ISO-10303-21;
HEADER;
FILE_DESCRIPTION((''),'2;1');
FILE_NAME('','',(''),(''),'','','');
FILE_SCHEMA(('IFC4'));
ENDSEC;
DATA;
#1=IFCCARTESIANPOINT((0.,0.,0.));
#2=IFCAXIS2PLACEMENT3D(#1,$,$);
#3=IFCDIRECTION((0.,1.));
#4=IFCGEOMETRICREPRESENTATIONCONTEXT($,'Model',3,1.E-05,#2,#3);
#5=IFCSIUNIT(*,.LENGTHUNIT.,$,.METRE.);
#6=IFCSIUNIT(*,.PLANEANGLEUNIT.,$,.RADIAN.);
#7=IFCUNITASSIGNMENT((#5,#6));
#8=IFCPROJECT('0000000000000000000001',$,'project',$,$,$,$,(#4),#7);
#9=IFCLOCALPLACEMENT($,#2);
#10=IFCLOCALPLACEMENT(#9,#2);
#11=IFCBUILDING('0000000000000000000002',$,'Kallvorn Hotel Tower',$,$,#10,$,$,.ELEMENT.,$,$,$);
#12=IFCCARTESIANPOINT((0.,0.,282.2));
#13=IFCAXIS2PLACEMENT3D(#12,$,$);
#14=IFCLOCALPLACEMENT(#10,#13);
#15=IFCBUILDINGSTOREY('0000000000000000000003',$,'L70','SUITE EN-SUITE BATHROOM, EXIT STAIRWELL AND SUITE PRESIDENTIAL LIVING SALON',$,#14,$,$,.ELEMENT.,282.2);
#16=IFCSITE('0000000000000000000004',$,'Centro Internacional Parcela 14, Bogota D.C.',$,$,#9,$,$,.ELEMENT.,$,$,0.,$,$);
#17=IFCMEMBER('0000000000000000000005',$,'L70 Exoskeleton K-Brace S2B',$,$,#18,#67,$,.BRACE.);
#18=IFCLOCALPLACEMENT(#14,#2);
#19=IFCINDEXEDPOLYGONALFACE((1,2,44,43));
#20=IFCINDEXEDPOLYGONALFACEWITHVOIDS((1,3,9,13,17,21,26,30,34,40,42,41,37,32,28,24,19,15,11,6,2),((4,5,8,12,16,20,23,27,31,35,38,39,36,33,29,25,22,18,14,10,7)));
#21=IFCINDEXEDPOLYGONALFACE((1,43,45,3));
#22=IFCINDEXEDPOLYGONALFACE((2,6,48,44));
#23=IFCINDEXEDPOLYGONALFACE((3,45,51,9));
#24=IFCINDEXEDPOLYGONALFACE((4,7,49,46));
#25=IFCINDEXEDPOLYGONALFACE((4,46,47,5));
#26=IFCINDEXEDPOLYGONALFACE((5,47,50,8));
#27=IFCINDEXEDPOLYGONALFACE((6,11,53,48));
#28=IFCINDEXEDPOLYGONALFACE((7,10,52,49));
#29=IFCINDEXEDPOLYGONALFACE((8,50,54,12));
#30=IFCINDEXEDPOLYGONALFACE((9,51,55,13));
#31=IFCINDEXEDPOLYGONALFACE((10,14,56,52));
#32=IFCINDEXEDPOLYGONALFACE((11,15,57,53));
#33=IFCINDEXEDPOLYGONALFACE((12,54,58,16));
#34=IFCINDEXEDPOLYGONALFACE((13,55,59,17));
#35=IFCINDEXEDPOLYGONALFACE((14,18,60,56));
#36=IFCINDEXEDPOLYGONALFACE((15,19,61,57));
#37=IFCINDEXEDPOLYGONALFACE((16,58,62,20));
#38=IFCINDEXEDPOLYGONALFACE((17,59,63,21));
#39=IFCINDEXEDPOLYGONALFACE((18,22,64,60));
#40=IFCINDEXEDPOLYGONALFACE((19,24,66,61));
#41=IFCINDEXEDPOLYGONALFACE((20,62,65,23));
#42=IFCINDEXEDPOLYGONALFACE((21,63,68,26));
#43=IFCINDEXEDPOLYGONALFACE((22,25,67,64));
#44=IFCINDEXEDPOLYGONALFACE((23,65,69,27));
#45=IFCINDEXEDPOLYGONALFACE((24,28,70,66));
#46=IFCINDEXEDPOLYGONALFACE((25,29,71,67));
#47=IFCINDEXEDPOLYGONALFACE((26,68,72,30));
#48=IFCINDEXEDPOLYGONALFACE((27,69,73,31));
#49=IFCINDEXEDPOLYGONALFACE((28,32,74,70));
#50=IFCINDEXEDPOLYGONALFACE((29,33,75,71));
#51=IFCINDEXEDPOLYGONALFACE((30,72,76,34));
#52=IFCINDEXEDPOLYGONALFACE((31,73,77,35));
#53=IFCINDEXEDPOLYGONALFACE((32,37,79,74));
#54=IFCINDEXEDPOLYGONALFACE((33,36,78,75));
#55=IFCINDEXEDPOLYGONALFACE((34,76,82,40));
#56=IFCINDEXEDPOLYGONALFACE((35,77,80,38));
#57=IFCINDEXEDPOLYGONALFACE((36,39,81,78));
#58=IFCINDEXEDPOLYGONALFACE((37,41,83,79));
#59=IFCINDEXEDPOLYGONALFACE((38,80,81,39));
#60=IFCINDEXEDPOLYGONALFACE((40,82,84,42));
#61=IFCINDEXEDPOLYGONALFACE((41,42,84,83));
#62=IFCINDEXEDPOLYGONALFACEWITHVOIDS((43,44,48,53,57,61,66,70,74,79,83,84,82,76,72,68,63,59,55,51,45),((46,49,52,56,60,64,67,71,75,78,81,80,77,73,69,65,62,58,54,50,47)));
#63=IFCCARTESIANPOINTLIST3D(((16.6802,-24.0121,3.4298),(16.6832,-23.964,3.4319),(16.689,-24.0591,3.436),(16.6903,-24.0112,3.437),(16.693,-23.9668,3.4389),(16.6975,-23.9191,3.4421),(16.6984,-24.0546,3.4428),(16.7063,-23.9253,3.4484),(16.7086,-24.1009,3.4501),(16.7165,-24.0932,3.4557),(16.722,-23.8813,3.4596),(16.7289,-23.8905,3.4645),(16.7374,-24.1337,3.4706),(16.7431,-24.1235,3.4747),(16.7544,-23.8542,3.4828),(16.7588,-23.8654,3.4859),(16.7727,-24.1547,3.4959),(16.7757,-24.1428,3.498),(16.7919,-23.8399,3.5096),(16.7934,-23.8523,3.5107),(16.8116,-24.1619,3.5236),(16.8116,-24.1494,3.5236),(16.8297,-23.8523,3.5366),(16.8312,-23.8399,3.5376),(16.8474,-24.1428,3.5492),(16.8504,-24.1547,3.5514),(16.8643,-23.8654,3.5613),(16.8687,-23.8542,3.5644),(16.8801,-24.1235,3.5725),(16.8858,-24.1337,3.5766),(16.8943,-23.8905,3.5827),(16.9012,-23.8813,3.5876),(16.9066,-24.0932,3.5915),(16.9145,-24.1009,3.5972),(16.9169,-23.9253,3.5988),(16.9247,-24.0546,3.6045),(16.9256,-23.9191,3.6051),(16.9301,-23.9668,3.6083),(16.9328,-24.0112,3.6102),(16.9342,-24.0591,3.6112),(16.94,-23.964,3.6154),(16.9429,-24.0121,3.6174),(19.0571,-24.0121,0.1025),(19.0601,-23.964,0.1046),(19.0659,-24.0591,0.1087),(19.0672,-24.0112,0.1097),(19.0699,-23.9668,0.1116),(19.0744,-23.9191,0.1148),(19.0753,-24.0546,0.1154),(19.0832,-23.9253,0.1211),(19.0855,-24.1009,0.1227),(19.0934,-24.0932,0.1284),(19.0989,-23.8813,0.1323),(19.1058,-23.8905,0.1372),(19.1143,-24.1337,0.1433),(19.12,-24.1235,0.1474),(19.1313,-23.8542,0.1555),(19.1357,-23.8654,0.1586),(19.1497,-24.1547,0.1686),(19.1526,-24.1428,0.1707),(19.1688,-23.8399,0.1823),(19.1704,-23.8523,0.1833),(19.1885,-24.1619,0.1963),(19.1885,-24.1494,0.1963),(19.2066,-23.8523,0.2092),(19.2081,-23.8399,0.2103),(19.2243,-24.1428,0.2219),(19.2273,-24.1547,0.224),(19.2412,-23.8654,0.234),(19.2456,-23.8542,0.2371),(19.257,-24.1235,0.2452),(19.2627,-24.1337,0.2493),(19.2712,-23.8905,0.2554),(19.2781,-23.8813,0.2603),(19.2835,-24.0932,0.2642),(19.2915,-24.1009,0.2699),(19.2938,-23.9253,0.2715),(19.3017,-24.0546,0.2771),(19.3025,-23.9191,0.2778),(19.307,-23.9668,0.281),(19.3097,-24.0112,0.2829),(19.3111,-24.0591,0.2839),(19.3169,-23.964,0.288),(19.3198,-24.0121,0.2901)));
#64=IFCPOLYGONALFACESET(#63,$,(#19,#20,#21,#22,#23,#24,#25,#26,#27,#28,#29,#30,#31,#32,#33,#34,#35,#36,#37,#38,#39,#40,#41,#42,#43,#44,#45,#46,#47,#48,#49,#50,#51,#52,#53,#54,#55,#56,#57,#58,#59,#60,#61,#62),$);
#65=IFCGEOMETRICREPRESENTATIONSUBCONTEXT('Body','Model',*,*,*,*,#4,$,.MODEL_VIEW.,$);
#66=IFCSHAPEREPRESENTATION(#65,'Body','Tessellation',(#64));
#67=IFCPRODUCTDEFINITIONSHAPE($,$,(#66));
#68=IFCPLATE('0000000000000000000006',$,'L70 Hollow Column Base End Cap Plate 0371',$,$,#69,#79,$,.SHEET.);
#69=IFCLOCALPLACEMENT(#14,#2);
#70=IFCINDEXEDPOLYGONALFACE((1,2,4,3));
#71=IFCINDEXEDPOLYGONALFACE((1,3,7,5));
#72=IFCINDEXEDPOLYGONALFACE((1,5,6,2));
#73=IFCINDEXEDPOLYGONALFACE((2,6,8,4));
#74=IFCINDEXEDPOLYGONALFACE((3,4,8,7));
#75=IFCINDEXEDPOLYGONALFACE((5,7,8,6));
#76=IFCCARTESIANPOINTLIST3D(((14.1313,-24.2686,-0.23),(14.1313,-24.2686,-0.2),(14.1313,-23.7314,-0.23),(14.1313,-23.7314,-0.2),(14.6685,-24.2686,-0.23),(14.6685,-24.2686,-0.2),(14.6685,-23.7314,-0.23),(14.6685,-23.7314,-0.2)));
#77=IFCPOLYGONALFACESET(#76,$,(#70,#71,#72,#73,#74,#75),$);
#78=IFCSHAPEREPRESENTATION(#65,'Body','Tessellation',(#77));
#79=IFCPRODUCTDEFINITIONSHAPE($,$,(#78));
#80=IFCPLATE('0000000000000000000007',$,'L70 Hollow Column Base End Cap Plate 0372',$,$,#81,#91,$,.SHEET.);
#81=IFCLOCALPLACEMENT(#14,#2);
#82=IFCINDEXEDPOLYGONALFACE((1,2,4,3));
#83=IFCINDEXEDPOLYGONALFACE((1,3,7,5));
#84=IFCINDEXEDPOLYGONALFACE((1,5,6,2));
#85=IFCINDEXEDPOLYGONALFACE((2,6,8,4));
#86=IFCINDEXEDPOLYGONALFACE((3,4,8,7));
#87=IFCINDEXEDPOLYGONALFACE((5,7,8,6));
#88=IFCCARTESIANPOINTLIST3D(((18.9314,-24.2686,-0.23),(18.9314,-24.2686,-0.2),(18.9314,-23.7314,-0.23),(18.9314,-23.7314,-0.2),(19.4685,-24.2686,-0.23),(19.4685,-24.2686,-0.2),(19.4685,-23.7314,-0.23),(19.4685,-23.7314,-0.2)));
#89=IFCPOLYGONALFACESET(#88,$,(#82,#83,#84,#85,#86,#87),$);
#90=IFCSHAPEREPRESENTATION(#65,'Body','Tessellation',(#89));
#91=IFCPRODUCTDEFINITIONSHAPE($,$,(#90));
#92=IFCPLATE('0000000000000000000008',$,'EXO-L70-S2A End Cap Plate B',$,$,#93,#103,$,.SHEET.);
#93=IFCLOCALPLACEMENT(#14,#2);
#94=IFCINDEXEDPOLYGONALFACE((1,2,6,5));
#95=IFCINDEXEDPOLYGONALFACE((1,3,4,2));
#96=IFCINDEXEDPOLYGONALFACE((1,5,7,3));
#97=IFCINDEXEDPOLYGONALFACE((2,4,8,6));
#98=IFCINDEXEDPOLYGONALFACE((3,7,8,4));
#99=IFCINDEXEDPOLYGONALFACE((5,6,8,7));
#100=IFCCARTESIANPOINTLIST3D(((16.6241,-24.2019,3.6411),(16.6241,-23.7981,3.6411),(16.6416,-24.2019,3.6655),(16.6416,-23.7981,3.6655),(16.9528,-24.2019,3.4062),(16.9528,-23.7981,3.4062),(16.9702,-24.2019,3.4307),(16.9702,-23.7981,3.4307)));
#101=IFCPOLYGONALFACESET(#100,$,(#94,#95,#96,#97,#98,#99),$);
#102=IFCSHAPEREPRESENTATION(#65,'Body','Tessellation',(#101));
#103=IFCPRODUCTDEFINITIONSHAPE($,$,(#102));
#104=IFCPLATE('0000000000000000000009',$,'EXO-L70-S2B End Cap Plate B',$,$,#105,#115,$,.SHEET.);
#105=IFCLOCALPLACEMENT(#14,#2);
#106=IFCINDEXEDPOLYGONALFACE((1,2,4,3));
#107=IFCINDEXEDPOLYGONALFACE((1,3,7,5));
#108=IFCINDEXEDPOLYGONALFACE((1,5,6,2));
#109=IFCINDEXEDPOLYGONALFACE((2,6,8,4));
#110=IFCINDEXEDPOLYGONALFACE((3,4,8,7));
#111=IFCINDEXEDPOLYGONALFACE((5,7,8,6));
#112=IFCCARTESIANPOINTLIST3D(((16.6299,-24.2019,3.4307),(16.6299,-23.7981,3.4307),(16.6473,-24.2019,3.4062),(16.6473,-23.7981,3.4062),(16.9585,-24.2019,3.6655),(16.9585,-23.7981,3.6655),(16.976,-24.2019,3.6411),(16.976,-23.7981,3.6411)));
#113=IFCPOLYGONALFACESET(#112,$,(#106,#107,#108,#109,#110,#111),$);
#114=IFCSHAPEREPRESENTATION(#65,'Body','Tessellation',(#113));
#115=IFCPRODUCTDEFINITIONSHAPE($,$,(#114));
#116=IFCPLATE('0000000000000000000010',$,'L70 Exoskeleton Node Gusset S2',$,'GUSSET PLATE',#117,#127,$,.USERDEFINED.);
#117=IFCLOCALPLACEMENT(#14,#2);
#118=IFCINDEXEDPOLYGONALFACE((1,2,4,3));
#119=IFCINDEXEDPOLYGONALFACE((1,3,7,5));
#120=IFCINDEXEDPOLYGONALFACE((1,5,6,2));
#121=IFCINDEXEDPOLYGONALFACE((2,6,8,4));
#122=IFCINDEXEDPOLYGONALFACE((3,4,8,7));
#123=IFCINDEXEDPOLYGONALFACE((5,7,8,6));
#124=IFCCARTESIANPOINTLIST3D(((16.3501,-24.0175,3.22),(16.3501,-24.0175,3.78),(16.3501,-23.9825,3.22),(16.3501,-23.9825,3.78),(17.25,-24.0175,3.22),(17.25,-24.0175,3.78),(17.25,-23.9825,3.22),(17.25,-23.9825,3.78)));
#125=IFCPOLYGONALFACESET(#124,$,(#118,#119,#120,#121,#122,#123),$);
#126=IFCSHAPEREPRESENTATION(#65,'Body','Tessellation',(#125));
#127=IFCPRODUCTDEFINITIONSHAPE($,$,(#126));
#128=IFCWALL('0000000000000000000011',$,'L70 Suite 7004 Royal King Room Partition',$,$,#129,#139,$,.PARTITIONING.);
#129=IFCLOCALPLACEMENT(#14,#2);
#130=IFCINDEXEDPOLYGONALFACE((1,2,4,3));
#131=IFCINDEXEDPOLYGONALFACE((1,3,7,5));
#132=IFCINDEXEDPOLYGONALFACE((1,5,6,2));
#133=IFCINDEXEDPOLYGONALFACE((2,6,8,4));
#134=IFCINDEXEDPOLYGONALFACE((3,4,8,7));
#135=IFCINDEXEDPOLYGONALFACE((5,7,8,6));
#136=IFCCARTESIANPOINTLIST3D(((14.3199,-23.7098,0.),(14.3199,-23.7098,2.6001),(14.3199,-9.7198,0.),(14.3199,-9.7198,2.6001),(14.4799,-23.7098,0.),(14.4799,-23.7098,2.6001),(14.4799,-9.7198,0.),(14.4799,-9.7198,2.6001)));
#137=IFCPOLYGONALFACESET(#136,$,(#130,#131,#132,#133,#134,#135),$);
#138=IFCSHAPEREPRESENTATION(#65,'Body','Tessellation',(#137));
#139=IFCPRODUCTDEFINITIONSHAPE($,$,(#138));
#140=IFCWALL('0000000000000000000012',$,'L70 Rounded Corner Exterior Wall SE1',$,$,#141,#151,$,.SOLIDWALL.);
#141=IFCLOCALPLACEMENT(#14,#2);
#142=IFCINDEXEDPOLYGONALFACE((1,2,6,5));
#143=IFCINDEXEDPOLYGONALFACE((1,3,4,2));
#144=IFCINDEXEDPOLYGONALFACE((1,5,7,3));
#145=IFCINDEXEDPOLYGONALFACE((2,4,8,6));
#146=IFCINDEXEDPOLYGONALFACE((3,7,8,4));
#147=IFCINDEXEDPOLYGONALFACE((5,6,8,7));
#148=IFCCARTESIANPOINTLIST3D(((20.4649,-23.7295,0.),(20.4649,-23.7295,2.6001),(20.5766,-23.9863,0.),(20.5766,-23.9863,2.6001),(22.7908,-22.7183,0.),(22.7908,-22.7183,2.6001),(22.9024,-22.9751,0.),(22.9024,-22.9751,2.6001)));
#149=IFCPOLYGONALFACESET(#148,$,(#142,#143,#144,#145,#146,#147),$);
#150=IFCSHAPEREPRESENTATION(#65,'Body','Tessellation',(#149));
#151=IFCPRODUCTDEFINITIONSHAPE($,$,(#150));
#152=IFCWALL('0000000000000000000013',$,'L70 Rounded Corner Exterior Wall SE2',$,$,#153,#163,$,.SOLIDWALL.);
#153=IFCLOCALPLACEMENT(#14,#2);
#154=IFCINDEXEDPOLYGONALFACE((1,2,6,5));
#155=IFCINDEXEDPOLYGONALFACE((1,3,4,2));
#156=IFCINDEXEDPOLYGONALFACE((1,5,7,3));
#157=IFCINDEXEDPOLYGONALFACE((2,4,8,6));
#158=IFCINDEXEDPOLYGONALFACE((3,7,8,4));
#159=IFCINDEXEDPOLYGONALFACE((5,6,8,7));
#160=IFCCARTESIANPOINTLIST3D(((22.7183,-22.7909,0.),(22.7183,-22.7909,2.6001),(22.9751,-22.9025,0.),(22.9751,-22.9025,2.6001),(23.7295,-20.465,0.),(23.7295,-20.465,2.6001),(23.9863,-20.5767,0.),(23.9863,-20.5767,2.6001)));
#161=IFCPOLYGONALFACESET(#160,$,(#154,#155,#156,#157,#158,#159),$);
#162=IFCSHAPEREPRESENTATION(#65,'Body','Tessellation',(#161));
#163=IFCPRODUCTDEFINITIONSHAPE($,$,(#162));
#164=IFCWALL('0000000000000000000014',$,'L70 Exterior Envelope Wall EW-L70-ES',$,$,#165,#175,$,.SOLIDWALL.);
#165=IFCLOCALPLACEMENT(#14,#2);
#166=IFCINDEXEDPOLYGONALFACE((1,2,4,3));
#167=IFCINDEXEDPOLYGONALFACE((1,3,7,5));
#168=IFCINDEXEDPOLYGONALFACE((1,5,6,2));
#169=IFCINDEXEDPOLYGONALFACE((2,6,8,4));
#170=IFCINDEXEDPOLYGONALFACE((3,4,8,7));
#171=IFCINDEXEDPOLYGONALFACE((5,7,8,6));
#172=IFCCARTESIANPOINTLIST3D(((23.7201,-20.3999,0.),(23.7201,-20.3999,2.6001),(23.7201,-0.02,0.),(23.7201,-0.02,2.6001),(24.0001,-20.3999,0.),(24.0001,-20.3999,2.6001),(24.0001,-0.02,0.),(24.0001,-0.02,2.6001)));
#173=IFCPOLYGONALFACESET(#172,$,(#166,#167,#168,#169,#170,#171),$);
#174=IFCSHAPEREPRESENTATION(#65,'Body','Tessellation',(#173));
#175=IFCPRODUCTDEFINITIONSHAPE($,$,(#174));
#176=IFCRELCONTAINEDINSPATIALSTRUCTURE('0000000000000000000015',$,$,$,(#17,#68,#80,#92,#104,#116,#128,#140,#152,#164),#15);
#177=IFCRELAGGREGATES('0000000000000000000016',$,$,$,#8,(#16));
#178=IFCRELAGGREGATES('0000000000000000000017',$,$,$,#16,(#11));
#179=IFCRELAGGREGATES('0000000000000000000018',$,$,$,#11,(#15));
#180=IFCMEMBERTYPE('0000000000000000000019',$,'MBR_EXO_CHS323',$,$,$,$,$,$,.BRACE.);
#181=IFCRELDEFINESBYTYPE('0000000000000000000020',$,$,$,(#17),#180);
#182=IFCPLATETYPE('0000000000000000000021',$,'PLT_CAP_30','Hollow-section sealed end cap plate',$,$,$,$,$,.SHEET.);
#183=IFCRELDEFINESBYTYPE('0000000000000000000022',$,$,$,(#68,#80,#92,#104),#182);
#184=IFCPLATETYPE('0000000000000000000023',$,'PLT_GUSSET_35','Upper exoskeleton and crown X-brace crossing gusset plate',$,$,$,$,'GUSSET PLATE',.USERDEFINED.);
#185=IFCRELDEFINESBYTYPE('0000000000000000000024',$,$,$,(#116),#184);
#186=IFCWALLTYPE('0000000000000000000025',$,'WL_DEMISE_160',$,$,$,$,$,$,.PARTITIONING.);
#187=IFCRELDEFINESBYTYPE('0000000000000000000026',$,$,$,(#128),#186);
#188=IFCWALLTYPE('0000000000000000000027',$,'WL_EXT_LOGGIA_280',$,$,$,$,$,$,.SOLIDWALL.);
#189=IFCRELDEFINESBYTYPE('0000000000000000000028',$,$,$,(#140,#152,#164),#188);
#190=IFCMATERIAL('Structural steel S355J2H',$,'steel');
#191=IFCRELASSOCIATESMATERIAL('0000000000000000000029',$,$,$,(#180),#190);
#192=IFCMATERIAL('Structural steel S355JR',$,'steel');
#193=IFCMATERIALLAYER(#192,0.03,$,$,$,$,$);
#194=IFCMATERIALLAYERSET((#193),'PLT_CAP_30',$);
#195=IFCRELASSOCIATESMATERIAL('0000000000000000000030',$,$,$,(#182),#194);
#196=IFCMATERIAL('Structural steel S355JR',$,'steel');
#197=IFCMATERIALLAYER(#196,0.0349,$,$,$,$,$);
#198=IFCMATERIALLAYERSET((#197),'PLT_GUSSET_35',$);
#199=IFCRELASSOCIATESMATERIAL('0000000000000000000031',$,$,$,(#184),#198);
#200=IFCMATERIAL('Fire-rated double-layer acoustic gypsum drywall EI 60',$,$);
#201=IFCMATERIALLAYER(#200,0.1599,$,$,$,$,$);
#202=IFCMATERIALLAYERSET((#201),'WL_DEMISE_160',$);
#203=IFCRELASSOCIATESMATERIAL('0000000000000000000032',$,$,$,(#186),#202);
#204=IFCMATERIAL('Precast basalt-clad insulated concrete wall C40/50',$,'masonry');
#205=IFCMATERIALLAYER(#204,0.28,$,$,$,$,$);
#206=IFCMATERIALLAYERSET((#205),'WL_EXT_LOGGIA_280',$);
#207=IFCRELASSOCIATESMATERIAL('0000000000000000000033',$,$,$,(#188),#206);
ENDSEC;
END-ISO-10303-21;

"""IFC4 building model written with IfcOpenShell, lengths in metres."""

from ifc_helpers import new_model, si_unit, direction, frame, frame_2d, origin, origin_2d, place, context, subcontext, project, spatial, polyline, rectangle, hollow_circle, outline, extrude, material, layer, layer_set, material_profile, profile_set, type_object, element, save


model = new_model("IFC4")

# Units and contexts
model_context = context("Model", 3, precision=1e-05, world=origin(), true_north=direction((0.0, 1.0)))
body_context = subcontext(model_context, "Body", "Model", "MODEL_VIEW")
ifc_project = project(units=[si_unit("LENGTHUNIT", "METRE"), si_unit("PLANEANGLEUNIT", "RADIAN")], contexts=[model_context])

# Site, building, storey
site_placement = place(None, origin())
site = spatial("IfcSite", under=ifc_project, at=site_placement, Name="Centro Internacional Parcela 14, Bogota D.C.", CompositionType="ELEMENT", RefElevation=0.0)
building_placement = place(site_placement, origin())
building = spatial("IfcBuilding", under=site, at=building_placement, Name="Kallvorn Hotel Tower", CompositionType="ELEMENT")
storey_placement = place(building_placement, frame((0.0, 0.0, 282.2)))
storey = spatial("IfcBuildingStorey", under=building, at=storey_placement, Name="L70", Description="SUITE EN-SUITE BATHROOM, EXIT STAIRWELL AND SUITE PRESIDENTIAL LIVING SALON", CompositionType="ELEMENT", Elevation=282.2)

# Member
ifc_material_1 = material(Name="Structural steel S355J2H", Category="steel")
ifc_material_profile_1 = material_profile(ifc_material_1, hollow_circle(Radius=0.1619, WallThickness=0.0125, at=origin_2d()), Name="CHS 323.9x12.5")
ifc_profile_set_1 = profile_set([ifc_material_profile_1], Name="Structural steel S355J2H")
member_type = type_object("IfcMemberType", Name="MBR_EXO_CHS323", PredefinedType="BRACE", material=ifc_profile_set_1)
for number, where, z_axis, x_axis, name in (
    (1, (19.1885, -24.0, 0.1963), (-0.581278, 0.0, 0.813705), (0.0, -1.0, 0.0), "L70 Exoskeleton K-Brace S2B"),
):
    element("IfcMember", number, at=place(storey_placement, frame(where, z_axis=z_axis, x_axis=x_axis)), inside=storey, type_object=member_type, Name=name, PredefinedType="BRACE", context=body_context, shape_type="SweptSolid", body=[
        extrude(hollow_circle(Radius=0.1619, WallThickness=0.0125, at=origin_2d()), origin(), (0.0, 0.0, 1.0), 4.0891),
    ])

# Plates
ifc_material_2 = material(Name="Structural steel S355JR", Category="steel")
ifc_layer_1 = layer(ifc_material_2, 0.03)
ifc_layer_set_1 = layer_set([ifc_layer_1], Name="PLT_CAP_30")
plate_type_1 = type_object("IfcPlateType", Name="PLT_CAP_30", Description="Hollow-section sealed end cap plate", PredefinedType="SHEET", material=ifc_layer_set_1)
for number, where, z_axis, x_axis, name in (
    (2, (14.3999, -24.0, -0.23), (0.0, 0.0, 1.0), (1.0, 0.0, 0.0), "L70 Hollow Column Base End Cap Plate 0371"),
    (3, (19.2, -24.0, -0.23), (0.0, 0.0, 1.0), (1.0, 0.0, 0.0), "L70 Hollow Column Base End Cap Plate 0372"),
):
    element("IfcPlate", number, at=place(storey_placement, frame(where, z_axis=z_axis, x_axis=x_axis)), inside=storey, type_object=plate_type_1, Name=name, PredefinedType="SHEET", context=body_context, shape_type="SweptSolid", body=[
        extrude(rectangle(XDim=0.5371, YDim=0.5371, at=origin_2d()), origin(), (0.0, 0.0, 1.0), 0.03),
    ])
for number, where, z_axis, x_axis, name in (
    (4, (16.9702, -24.2019, 3.4307), (0.581467, 0.0, 0.81357), (0.0, 1.0, 0.0), "EXO-L70-S2A End Cap Plate B"),
    (5, (16.6299, -23.7981, 3.4307), (-0.581467, 0.0, 0.81357), (0.0, -1.0, 0.0), "EXO-L70-S2B End Cap Plate B"),
):
    element("IfcPlate", number, at=place(storey_placement, frame(where, z_axis=z_axis, x_axis=x_axis)), inside=storey, type_object=plate_type_1, Name=name, PredefinedType="SHEET", context=body_context, shape_type="SweptSolid", body=[
        extrude(outline(polyline([(0.0, 0.0), (0.4038, 0.0), (0.4038, 0.4039), (0.0, 0.4039), (0.0, 0.0)])), origin(), (0.0, 0.0, -1.0), 0.03),
    ])
ifc_material_3 = material(Name="Structural steel S355JR", Category="steel")
ifc_layer_2 = layer(ifc_material_3, 0.0349)
ifc_layer_set_2 = layer_set([ifc_layer_2], Name="PLT_GUSSET_35")
plate_type_2 = type_object("IfcPlateType", Name="PLT_GUSSET_35", Description="Upper exoskeleton and crown X-brace crossing gusset plate", ElementType="GUSSET PLATE", PredefinedType="USERDEFINED", material=ifc_layer_set_2)
plate_placement = place(storey_placement, frame((16.8, -24.0, 3.22), z_axis=(0.0, 0.0, 1.0), x_axis=(1.0, 0.0, 0.0)))
element("IfcPlate", 6, at=plate_placement, inside=storey, type_object=plate_type_2, Name="L70 Exoskeleton Node Gusset S2", ObjectType="GUSSET PLATE", PredefinedType="USERDEFINED", context=body_context, shape_type="SweptSolid", body=[
    extrude(rectangle(XDim=0.8999, YDim=0.0349, at=origin_2d()), origin(), (0.0, 0.0, 1.0), 0.5601),
])

# Walls
ifc_material_4 = material(Name="Fire-rated double-layer acoustic gypsum drywall EI 60")
ifc_layer_3 = layer(ifc_material_4, 0.1599)
ifc_layer_set_3 = layer_set([ifc_layer_3], Name="WL_DEMISE_160")
wall_type_1 = type_object("IfcWallType", Name="WL_DEMISE_160", PredefinedType="PARTITIONING", material=ifc_layer_set_3)
wall_1_placement = place(storey_placement, frame((14.3999, -23.71, 0.0), z_axis=(0.0, 0.0, 1.0), x_axis=(0.0, 1.0, 0.0)))
element("IfcWall", 7, at=wall_1_placement, inside=storey, type_object=wall_type_1, Name="L70 Suite 7004 Royal King Room Partition", PredefinedType="PARTITIONING", context=body_context, shape_type="SweptSolid", body=[
    extrude(rectangle(XDim=13.99, YDim=0.1599, at=frame_2d((6.9951, 0.0))), origin(), (0.0, 0.0, 1.0), 2.6001),
])
ifc_material_5 = material(Name="Precast basalt-clad insulated concrete wall C40/50", Category="masonry")
ifc_layer_4 = layer(ifc_material_5, 0.28)
ifc_layer_set_4 = layer_set([ifc_layer_4], Name="WL_EXT_LOGGIA_280")
wall_type_2 = type_object("IfcWallType", Name="WL_EXT_LOGGIA_280", PredefinedType="SOLIDWALL", material=ifc_layer_set_4)
for number, where, z_axis, x_axis, name in (
    (8, (20.5208, -23.8579, 0.0), (0.0, 0.0, 1.0), (0.917076, 0.398712, 0.0), "L70 Rounded Corner Exterior Wall SE1"),
    (9, (22.8467, -22.8467, 0.0), (0.0, 0.0, 1.0), (0.398712, 0.917076, 0.0), "L70 Rounded Corner Exterior Wall SE2"),
):
    element("IfcWall", number, at=place(storey_placement, frame(where, z_axis=z_axis, x_axis=x_axis)), inside=storey, type_object=wall_type_2, Name=name, PredefinedType="SOLIDWALL", context=body_context, shape_type="SweptSolid", body=[
        extrude(rectangle(XDim=2.5361, YDim=0.28, at=frame_2d((1.2681, 0.0))), origin(), (0.0, 0.0, 1.0), 2.6001),
    ])
wall_2_placement = place(storey_placement, frame((23.8601, -20.3999, 0.0), z_axis=(0.0, 0.0, 1.0), x_axis=(0.0, 1.0, 0.0)))
element("IfcWall", 10, at=wall_2_placement, inside=storey, type_object=wall_type_2, Name="L70 Exterior Envelope Wall EW-L70-ES", PredefinedType="SOLIDWALL", context=body_context, shape_type="SweptSolid", body=[
    extrude(rectangle(XDim=20.3799, YDim=0.28, at=frame_2d((10.1899, 0.0))), origin(), (0.0, 0.0, 1.0), 2.6001),
])

save(model, "model.ifc")
